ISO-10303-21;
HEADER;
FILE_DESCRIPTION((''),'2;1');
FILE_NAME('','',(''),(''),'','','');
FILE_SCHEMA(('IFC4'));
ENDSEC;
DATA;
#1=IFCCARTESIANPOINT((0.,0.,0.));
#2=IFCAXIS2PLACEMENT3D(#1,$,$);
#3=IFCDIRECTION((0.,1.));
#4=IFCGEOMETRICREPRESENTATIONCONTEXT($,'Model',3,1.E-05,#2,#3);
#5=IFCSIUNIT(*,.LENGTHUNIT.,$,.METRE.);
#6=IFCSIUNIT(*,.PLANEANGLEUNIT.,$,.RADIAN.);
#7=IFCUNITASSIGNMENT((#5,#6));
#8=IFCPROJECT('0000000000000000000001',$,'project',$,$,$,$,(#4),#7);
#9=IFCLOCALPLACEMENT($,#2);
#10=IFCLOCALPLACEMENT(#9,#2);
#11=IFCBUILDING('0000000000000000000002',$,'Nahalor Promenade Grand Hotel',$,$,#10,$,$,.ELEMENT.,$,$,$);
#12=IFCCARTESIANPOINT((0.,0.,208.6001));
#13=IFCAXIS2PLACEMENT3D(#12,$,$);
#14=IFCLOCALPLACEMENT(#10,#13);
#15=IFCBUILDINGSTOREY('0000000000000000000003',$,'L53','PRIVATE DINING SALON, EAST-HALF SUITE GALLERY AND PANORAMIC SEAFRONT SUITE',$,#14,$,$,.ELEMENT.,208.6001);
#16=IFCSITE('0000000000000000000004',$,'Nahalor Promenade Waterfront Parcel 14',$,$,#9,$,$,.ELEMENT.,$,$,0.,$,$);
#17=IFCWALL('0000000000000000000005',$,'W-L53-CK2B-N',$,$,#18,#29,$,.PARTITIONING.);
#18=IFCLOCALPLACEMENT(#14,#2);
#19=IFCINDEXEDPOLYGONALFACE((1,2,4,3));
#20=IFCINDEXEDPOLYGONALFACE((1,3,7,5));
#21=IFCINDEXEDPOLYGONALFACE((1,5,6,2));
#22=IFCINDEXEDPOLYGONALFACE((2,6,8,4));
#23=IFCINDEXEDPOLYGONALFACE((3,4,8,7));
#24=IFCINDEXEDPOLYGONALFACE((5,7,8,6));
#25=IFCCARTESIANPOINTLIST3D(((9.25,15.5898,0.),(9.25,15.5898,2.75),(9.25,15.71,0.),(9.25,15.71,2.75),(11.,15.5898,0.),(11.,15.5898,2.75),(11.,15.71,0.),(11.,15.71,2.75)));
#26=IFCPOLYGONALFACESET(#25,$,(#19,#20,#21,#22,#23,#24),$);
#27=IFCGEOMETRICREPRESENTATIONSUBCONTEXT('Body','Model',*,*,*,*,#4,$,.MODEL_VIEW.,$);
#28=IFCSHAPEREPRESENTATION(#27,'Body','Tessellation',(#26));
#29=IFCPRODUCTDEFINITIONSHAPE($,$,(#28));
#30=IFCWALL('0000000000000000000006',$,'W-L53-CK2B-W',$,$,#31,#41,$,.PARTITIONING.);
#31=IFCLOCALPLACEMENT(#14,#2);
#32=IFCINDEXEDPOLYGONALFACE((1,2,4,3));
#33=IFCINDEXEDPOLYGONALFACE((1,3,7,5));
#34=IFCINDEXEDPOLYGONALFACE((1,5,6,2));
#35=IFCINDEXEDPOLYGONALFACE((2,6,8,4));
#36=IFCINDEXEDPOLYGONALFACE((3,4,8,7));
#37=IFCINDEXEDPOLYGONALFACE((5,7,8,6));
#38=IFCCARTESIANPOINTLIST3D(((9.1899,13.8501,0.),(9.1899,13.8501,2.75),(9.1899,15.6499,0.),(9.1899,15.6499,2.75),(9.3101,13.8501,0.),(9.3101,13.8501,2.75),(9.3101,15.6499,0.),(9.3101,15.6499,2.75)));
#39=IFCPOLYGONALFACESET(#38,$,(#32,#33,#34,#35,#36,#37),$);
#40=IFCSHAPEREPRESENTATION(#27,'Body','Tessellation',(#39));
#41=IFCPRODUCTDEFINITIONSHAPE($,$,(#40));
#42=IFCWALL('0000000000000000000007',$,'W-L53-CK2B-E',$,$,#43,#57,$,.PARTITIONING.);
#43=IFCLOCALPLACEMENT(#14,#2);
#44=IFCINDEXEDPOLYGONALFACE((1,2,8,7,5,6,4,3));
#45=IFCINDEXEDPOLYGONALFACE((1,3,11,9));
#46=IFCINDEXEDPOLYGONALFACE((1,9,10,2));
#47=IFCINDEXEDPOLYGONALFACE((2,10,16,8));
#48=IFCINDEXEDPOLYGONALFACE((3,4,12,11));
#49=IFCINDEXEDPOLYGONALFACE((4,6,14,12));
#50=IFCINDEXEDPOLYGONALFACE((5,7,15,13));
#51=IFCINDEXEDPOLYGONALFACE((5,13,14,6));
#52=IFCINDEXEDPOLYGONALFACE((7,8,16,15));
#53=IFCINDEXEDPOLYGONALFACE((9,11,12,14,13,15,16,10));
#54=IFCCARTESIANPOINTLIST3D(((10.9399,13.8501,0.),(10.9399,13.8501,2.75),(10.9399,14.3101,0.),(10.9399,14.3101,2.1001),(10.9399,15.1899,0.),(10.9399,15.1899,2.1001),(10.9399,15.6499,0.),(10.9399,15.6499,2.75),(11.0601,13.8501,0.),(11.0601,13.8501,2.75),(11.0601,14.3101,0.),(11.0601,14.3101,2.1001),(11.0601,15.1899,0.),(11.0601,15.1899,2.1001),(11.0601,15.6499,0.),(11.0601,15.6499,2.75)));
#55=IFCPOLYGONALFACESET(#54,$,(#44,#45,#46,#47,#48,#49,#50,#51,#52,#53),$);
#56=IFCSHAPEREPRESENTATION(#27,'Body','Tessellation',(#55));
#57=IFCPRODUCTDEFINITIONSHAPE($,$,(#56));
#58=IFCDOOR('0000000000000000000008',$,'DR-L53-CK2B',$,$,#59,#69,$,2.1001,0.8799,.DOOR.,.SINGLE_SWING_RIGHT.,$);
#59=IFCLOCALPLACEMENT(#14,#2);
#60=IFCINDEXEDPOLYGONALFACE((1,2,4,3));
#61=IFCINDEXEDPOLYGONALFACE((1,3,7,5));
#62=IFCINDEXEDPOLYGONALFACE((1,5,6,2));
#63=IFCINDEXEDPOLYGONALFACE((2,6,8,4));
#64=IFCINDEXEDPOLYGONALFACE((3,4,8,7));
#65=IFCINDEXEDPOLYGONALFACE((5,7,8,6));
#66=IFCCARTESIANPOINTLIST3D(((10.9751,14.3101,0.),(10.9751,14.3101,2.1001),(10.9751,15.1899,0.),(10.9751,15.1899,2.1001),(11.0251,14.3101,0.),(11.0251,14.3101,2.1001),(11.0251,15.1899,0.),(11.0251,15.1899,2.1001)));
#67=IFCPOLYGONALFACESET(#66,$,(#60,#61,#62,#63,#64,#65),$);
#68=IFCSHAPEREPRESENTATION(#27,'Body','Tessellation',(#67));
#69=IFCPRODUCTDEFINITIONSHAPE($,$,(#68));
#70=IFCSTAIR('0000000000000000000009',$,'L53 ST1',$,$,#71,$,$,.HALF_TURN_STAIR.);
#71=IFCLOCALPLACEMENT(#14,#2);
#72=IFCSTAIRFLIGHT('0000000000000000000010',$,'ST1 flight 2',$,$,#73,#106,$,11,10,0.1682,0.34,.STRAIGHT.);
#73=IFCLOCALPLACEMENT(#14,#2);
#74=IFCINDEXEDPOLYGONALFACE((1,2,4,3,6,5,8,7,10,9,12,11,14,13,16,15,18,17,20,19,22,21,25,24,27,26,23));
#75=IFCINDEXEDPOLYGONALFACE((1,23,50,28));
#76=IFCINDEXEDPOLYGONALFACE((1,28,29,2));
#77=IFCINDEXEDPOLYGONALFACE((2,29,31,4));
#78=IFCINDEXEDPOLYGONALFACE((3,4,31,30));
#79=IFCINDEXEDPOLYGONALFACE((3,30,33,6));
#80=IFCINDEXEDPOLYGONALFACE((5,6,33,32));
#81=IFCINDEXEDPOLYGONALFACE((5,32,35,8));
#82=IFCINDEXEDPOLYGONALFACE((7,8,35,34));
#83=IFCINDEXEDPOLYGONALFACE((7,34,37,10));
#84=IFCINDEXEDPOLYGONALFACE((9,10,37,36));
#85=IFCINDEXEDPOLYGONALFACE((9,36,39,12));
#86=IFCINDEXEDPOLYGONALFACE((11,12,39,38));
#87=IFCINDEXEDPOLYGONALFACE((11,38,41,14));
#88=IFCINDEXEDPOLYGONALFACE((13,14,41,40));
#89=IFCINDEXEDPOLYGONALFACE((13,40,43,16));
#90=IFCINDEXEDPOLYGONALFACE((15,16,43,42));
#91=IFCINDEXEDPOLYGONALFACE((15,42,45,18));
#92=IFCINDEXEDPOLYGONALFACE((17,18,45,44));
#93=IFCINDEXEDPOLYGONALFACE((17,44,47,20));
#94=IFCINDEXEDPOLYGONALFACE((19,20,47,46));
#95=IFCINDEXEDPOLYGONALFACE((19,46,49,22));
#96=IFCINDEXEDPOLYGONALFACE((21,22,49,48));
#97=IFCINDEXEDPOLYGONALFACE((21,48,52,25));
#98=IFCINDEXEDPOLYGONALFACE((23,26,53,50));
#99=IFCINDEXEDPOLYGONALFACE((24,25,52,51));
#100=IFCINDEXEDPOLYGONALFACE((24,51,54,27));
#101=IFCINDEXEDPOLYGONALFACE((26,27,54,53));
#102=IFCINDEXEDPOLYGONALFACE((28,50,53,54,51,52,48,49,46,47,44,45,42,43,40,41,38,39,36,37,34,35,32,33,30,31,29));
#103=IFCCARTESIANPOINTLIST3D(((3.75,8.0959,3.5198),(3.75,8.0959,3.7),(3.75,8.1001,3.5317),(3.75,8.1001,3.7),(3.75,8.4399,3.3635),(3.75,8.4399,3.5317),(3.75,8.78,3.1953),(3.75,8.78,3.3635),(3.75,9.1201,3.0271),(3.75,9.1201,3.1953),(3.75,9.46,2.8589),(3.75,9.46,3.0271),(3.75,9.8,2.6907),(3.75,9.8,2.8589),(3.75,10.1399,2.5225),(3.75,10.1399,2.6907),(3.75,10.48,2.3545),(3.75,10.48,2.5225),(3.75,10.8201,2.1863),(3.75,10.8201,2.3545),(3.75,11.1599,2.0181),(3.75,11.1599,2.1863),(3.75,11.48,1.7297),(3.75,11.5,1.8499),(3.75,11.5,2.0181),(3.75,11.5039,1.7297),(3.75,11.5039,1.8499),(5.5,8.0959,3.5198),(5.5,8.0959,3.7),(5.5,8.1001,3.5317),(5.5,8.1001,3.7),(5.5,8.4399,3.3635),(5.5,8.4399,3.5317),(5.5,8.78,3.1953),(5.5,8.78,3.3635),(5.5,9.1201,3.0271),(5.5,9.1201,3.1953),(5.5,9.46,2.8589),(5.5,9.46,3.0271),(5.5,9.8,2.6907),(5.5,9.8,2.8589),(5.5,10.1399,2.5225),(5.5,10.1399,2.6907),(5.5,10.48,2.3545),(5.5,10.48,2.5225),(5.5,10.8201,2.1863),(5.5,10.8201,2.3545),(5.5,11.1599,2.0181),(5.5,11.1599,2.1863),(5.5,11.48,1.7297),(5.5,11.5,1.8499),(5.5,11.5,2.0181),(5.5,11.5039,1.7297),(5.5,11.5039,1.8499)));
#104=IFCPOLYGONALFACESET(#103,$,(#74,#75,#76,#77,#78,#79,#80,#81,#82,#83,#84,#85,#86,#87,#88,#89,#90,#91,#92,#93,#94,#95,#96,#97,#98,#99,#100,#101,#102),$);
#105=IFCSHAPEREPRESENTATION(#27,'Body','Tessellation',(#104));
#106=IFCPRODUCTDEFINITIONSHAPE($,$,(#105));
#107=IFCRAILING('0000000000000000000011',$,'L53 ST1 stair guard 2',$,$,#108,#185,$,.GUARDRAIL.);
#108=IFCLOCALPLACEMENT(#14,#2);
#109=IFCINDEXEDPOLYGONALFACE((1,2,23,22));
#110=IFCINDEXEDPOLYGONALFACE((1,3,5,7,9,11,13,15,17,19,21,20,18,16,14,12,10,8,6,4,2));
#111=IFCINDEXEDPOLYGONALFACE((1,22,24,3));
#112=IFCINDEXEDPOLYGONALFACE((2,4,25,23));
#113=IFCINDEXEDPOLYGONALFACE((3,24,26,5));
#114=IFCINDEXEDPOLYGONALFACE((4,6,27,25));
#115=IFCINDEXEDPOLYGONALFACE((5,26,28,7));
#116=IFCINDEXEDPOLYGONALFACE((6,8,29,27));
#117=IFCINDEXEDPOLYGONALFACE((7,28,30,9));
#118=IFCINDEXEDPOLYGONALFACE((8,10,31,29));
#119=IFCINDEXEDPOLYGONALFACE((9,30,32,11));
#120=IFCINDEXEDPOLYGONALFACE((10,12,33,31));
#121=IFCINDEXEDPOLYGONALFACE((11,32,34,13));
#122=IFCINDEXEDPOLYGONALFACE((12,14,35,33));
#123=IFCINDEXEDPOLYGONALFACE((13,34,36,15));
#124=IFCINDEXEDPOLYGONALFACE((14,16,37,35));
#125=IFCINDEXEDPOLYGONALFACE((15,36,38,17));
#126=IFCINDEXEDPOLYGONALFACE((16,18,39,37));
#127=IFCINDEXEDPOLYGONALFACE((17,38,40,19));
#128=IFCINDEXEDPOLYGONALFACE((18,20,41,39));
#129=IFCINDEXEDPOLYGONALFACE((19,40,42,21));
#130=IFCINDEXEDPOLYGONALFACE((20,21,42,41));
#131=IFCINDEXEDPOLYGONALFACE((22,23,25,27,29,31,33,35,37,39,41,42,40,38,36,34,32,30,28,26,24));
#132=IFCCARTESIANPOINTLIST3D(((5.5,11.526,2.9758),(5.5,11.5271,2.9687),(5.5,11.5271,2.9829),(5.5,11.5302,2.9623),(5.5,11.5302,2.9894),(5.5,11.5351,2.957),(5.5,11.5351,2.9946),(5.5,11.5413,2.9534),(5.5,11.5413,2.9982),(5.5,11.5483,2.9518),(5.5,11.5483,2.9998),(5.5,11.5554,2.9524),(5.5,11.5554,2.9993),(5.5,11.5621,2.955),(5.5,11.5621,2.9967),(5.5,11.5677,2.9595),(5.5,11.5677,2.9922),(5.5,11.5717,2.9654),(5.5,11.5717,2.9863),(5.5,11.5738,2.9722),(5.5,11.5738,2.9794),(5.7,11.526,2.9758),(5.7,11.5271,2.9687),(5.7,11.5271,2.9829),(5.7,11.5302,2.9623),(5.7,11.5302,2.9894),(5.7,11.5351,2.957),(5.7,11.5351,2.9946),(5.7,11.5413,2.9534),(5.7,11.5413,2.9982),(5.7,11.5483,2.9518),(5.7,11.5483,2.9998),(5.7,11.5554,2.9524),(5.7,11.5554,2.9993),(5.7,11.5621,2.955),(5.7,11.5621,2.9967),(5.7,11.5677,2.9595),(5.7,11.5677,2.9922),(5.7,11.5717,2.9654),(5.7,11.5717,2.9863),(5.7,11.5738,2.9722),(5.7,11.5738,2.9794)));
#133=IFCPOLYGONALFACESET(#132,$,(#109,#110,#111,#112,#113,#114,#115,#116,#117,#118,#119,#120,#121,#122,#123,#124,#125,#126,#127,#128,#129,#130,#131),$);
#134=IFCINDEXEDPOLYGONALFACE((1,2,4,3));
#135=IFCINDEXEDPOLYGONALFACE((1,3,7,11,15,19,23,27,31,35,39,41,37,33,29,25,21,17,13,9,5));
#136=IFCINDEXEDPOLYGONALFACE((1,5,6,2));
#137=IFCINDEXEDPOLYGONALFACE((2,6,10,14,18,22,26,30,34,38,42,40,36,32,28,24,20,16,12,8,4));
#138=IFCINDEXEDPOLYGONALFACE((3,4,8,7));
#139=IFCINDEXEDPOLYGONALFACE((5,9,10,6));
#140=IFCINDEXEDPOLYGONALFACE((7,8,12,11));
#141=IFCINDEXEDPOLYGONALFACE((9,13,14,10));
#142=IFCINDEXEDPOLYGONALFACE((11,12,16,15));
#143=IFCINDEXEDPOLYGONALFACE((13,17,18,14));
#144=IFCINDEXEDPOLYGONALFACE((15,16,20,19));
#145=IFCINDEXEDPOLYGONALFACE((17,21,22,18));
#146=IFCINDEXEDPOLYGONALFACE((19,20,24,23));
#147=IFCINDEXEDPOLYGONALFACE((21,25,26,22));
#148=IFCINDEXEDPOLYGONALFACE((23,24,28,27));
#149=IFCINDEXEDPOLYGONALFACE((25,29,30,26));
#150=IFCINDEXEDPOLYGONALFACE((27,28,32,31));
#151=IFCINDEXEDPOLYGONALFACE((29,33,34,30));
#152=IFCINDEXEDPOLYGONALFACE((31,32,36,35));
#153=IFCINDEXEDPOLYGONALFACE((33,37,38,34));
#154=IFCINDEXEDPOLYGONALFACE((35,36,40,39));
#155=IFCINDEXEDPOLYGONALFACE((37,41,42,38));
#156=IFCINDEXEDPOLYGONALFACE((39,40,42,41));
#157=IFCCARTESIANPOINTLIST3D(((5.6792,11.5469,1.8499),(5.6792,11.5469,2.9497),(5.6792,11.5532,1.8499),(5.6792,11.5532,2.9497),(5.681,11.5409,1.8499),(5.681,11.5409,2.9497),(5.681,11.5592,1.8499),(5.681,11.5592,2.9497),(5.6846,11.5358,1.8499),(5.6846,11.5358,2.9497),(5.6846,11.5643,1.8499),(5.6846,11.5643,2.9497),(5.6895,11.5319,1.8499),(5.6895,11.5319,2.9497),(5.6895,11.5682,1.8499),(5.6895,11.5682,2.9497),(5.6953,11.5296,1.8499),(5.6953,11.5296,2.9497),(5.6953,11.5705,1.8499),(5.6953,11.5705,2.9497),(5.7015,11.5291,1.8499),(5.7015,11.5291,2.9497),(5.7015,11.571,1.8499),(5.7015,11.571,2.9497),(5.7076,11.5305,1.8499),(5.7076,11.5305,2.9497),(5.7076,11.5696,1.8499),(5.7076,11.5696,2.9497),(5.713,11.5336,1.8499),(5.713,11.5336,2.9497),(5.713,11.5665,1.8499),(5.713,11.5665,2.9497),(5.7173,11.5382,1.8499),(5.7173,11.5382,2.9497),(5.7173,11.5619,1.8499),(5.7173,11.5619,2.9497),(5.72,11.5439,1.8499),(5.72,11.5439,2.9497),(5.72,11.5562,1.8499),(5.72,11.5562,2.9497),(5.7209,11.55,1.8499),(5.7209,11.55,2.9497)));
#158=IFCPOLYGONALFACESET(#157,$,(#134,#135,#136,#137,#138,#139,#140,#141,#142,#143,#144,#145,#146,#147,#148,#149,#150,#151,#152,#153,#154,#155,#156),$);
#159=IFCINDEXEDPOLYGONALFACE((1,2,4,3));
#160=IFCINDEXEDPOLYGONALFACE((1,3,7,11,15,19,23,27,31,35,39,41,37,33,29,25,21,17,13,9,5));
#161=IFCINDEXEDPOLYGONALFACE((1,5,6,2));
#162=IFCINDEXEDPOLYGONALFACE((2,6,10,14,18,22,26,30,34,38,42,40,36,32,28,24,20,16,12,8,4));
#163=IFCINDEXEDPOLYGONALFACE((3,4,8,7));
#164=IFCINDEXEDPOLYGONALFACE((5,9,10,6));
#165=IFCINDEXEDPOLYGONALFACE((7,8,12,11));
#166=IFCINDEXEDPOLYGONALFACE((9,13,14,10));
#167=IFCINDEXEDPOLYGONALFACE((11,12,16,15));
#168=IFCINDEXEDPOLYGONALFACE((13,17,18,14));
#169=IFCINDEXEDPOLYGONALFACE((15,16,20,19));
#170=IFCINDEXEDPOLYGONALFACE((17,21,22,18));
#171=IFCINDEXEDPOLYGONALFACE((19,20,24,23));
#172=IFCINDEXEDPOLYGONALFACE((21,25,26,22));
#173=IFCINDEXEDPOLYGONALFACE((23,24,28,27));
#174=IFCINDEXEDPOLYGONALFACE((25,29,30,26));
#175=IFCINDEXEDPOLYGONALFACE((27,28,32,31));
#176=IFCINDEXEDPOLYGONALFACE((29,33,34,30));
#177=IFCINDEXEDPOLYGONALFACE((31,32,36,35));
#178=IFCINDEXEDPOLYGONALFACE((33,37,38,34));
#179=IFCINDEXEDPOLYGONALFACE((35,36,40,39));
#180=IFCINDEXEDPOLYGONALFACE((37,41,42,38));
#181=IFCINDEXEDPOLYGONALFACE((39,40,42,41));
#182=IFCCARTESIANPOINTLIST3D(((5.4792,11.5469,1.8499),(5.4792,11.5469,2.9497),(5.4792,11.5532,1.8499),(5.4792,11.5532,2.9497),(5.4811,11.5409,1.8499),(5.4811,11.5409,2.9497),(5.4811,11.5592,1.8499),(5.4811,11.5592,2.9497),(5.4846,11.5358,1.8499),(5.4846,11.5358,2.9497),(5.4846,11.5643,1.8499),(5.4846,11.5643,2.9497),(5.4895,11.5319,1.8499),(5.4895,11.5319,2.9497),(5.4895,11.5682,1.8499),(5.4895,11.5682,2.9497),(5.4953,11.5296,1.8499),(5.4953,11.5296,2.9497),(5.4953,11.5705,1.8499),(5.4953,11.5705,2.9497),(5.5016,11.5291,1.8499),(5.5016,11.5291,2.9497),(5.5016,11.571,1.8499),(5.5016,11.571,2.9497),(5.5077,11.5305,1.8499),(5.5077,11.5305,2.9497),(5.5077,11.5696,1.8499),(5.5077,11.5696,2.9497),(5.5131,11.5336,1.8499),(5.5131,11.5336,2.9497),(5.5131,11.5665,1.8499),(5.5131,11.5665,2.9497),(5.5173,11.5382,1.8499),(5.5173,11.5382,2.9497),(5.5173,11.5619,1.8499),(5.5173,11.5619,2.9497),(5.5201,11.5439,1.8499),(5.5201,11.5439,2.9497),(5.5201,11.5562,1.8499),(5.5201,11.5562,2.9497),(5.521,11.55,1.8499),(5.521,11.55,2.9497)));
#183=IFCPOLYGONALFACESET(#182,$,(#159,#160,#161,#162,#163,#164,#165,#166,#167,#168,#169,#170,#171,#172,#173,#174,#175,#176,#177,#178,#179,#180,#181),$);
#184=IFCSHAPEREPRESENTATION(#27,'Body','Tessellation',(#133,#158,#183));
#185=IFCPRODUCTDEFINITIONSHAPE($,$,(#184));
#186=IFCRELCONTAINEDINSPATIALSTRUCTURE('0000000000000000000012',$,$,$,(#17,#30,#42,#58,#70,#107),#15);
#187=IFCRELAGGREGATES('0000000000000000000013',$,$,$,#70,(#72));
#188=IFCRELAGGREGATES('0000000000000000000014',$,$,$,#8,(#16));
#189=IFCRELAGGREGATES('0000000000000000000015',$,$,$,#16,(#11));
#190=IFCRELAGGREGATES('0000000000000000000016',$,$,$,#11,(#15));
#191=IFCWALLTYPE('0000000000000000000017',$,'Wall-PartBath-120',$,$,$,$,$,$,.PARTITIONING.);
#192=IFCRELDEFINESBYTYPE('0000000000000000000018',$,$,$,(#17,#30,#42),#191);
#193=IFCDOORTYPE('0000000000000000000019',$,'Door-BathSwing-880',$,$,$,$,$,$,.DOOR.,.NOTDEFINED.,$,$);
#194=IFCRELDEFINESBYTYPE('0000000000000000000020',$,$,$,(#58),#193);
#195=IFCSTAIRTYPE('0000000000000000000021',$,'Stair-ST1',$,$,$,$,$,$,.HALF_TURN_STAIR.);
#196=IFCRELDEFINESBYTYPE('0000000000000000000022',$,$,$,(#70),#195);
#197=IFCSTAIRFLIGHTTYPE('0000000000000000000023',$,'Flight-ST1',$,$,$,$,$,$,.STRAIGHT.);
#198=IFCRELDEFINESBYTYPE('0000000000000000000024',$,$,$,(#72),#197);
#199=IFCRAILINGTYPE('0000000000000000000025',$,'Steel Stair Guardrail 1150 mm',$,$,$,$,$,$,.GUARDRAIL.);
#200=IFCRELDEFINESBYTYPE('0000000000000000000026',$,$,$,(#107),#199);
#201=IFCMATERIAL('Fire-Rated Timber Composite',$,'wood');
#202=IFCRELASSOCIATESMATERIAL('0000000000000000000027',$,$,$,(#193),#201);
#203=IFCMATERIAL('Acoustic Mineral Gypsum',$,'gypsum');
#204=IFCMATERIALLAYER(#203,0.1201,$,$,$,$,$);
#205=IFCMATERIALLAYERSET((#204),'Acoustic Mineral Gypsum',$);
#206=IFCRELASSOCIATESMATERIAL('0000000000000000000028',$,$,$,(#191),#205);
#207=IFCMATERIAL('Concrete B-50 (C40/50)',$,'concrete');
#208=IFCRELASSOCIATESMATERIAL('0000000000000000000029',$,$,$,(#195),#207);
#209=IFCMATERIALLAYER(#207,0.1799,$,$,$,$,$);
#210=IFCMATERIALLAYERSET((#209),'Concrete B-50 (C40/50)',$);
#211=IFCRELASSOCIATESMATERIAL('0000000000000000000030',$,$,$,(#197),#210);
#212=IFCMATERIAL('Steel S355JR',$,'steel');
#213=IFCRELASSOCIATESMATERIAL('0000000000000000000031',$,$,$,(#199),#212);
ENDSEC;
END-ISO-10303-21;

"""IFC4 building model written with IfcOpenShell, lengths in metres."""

from ifc_helpers import new_model, si_unit, direction, frame, frame_2d, origin, origin_2d, place, context, subcontext, project, spatial, polyline, rectangle, circle, outline, extrude, source, transform, mapped, material, layer, layer_set, type_object, element, fill, aggregate, save


model = new_model("IFC4")

# Units and contexts
model_context = context("Model", 3, precision=1e-05, world=origin(), true_north=direction((0.0, 1.0)))
body_context = subcontext(model_context, "Body", "Model", "MODEL_VIEW")
ifc_project = project(units=[si_unit("LENGTHUNIT", "METRE"), si_unit("PLANEANGLEUNIT", "RADIAN")], contexts=[model_context])

# Site, building, storey
site_placement = place(None, origin())
site = spatial("IfcSite", under=ifc_project, at=site_placement, Name="Nahalor Promenade Waterfront Parcel 14", CompositionType="ELEMENT", RefElevation=0.0)
building_placement = place(site_placement, origin())
building = spatial("IfcBuilding", under=site, at=building_placement, Name="Nahalor Promenade Grand Hotel", CompositionType="ELEMENT")
storey_placement = place(building_placement, frame((0.0, 0.0, 208.6001)))
storey = spatial("IfcBuildingStorey", under=building, at=storey_placement, Name="L53", Description="PRIVATE DINING SALON, EAST-HALF SUITE GALLERY AND PANORAMIC SEAFRONT SUITE", CompositionType="ELEMENT", Elevation=208.6001)

# Shared definitions
ifc_material_1 = material(Name="Steel S355JR", Category="steel")

# Shared definitions
ifc_material_2 = material(Name="Concrete B-50 (C40/50)", Category="concrete")
ifc_material_3 = material(Name="Acoustic Mineral Gypsum", Category="gypsum")

# Shared definitions
ifc_material_4 = material(Name="Fire-Rated Timber Composite", Category="wood")
door_type = type_object("IfcDoorType", Name="Door-BathSwing-880", OperationType="NOTDEFINED", PredefinedType="DOOR", material=ifc_material_4)
shared_shape_1 = source(origin(), body_context, "Body", "SweptSolid", [
    extrude(rectangle(XDim=0.8799, YDim=2.1001, at=frame_2d((0.4399, 1.05))), frame((0.0, 0.0249, 0.0), z_axis=(0.0, -1.0, 0.0), x_axis=(1.0, 0.0, 0.0)), (0.0, 0.0, 1.0), 0.05),
])

# Walls
ifc_layer_1 = layer(ifc_material_3, 0.1201)
ifc_layer_set_1 = layer_set([ifc_layer_1], Name="Acoustic Mineral Gypsum")
wall_type_1 = type_object("IfcWallType", Name="Wall-PartBath-120", PredefinedType="PARTITIONING", material=ifc_layer_set_1)
shared_shape_2 = source(origin(), body_context, "Body", "SweptSolid", [
    extrude(rectangle(XDim=1.75, YDim=0.1201, at=frame_2d((0.875, 0.0))), origin(), (0.0, 0.0, 1.0), 2.75),
])
wall_1_placement = place(storey_placement, frame((9.25, 15.6499, 0.0), z_axis=(0.0, 0.0, 1.0), x_axis=(1.0, 0.0, 0.0)))
element("IfcWall", 1, at=wall_1_placement, inside=storey, type_object=wall_type_1, Name="W-L53-CK2B-N", PredefinedType="PARTITIONING", context=body_context, shape_type="MappedRepresentation", body=[
    mapped(shared_shape_2, transform((0.0, 0.0, 0.0), scale=1.0)),
])
shared_shape_3 = source(origin(), body_context, "Body", "SweptSolid", [
    extrude(rectangle(XDim=1.7998, YDim=0.1201, at=frame_2d((0.8999, 0.0))), origin(), (0.0, 0.0, 1.0), 2.75),
])
wall_2_placement = place(storey_placement, frame((9.25, 13.8501, 0.0), z_axis=(0.0, 0.0, 1.0), x_axis=(0.0, 1.0, 0.0)))
element("IfcWall", 2, at=wall_2_placement, inside=storey, type_object=wall_type_1, Name="W-L53-CK2B-W", PredefinedType="PARTITIONING", context=body_context, shape_type="MappedRepresentation", body=[
    mapped(shared_shape_3, transform((0.0, 0.0, 0.0), scale=1.0)),
])

# Wall, opening, door
wall_3_placement = place(storey_placement, frame((11.0, 13.8501, 0.0), z_axis=(0.0, 0.0, 1.0), x_axis=(0.0, 1.0, 0.0)))
wall_3 = element("IfcWall", 3, at=wall_3_placement, inside=storey, type_object=wall_type_1, Name="W-L53-CK2B-E", PredefinedType="PARTITIONING", context=body_context, shape_type="MappedRepresentation", body=[
    mapped(shared_shape_3, transform((0.0, 0.0, 0.0), scale=1.0)),
])
opening_1_placement = place(wall_3_placement, frame((0.46, 0.0, 0.0)))
opening_1 = element("IfcOpeningElement", 4, at=opening_1_placement, cuts=wall_3, PredefinedType="OPENING", context=body_context, shape_type="SweptSolid", body=[
    extrude(rectangle(XDim=0.8799, YDim=2.1001, at=frame_2d((0.4399, 1.05))), frame((0.0, 0.0701, 0.0), z_axis=(0.0, -1.0, 0.0), x_axis=(1.0, 0.0, 0.0)), (0.0, 0.0, 1.0), 0.1401),
])
door_1_placement = place(opening_1_placement, origin())
door_1 = element("IfcDoor", 5, at=door_1_placement, inside=storey, type_object=door_type, Name="DR-L53-CK2B", OperationType="SINGLE_SWING_RIGHT", OverallHeight=2.1001, OverallWidth=0.8799, PredefinedType="DOOR", context=body_context, shape_type="MappedRepresentation", body=[
    mapped(shared_shape_1, transform((0.0, 0.0, 0.0), scale=1.0)),
])
fill(opening_1, door_1)

# Stair, stair flight
stair_type = type_object("IfcStairType", Name="Stair-ST1", PredefinedType="HALF_TURN_STAIR", material=ifc_material_2)
stair_placement = place(storey_placement, origin())
stair = element("IfcStair", 6, at=stair_placement, inside=storey, type_object=stair_type, Name="L53 ST1", PredefinedType="HALF_TURN_STAIR")
ifc_layer_2 = layer(ifc_material_2, 0.1799)
ifc_layer_set_2 = layer_set([ifc_layer_2], Name="Concrete B-50 (C40/50)")
stair_flight_type = type_object("IfcStairFlightType", Name="Flight-ST1", PredefinedType="STRAIGHT", material=ifc_layer_set_2)
shared_shape_4 = source(origin(), body_context, "Body", "SweptSolid", [
    extrude(outline(polyline([(-0.0039, -0.1201), (-0.0039, 0.0), (0.0, 0.0), (0.0, 0.1682), (0.3401, 0.1682), (0.3401, 0.3364), (0.6799, 0.3364), (0.6799, 0.5046), (1.02, 0.5046), (1.02, 0.6726), (1.3601, 0.6726), (1.3601, 0.8408), (1.7, 0.8408), (1.7, 1.009), (2.04, 1.009), (2.04, 1.1772), (2.3799, 1.1772), (2.3799, 1.3455), (2.72, 1.3455), (2.72, 1.5137), (3.0601, 1.5137), (3.0601, 1.6819), (3.3999, 1.6819), (3.3999, 1.8501), (3.4041, 1.8501), (3.4041, 1.6699), (0.02, -0.1201), (-0.0039, -0.1201)])), frame((0.0, 0.875, 0.0), z_axis=(0.0, -1.0, 0.0), x_axis=(1.0, 0.0, 0.0)), (0.0, 0.0, 1.0), 1.75),
])
stair_flight_placement = place(storey_placement, frame((4.625, 11.5, 1.8499), z_axis=(0.0, 0.0, 1.0), x_axis=(0.0, -1.0, 0.0)))
stair_flight = element("IfcStairFlight", 7, at=stair_flight_placement, type_object=stair_flight_type, Name="ST1 flight 2", NumberOfRisers=11, NumberOfTreads=10, PredefinedType="STRAIGHT", RiserHeight=0.1682, TreadLength=0.34, context=body_context, shape_type="MappedRepresentation", body=[
    mapped(shared_shape_4, transform((0.0, 0.0, 0.0), scale=1.0)),
])
aggregate(stair, [stair_flight])

# Railing
railing_type = type_object("IfcRailingType", Name="Steel Stair Guardrail 1150 mm", PredefinedType="GUARDRAIL", material=ifc_material_1)
railing_1_placement = place(storey_placement, frame((5.7, 11.55, 1.8499)))
element("IfcRailing", 8, at=railing_1_placement, inside=storey, type_object=railing_type, Name="L53 ST1 stair guard 2", PredefinedType="GUARDRAIL", context=body_context, shape_type="SweptSolid", body=[
    extrude(circle(Radius=0.024, at=origin_2d()), frame((0.0, 0.0, 1.126), z_axis=(-1.0, 0.0, 0.0), x_axis=(0.0, -1.0, 0.0)), (0.0, 0.0, 1.0), 0.2),
    extrude(circle(Radius=0.021, at=origin_2d()), origin(), (0.0, 0.0, 1.0), 1.0999),
    extrude(circle(Radius=0.021, at=origin_2d()), frame((-0.2, 0.0, 0.0)), (0.0, 0.0, 1.0), 1.0999),
])

save(model, "model.ifc")
